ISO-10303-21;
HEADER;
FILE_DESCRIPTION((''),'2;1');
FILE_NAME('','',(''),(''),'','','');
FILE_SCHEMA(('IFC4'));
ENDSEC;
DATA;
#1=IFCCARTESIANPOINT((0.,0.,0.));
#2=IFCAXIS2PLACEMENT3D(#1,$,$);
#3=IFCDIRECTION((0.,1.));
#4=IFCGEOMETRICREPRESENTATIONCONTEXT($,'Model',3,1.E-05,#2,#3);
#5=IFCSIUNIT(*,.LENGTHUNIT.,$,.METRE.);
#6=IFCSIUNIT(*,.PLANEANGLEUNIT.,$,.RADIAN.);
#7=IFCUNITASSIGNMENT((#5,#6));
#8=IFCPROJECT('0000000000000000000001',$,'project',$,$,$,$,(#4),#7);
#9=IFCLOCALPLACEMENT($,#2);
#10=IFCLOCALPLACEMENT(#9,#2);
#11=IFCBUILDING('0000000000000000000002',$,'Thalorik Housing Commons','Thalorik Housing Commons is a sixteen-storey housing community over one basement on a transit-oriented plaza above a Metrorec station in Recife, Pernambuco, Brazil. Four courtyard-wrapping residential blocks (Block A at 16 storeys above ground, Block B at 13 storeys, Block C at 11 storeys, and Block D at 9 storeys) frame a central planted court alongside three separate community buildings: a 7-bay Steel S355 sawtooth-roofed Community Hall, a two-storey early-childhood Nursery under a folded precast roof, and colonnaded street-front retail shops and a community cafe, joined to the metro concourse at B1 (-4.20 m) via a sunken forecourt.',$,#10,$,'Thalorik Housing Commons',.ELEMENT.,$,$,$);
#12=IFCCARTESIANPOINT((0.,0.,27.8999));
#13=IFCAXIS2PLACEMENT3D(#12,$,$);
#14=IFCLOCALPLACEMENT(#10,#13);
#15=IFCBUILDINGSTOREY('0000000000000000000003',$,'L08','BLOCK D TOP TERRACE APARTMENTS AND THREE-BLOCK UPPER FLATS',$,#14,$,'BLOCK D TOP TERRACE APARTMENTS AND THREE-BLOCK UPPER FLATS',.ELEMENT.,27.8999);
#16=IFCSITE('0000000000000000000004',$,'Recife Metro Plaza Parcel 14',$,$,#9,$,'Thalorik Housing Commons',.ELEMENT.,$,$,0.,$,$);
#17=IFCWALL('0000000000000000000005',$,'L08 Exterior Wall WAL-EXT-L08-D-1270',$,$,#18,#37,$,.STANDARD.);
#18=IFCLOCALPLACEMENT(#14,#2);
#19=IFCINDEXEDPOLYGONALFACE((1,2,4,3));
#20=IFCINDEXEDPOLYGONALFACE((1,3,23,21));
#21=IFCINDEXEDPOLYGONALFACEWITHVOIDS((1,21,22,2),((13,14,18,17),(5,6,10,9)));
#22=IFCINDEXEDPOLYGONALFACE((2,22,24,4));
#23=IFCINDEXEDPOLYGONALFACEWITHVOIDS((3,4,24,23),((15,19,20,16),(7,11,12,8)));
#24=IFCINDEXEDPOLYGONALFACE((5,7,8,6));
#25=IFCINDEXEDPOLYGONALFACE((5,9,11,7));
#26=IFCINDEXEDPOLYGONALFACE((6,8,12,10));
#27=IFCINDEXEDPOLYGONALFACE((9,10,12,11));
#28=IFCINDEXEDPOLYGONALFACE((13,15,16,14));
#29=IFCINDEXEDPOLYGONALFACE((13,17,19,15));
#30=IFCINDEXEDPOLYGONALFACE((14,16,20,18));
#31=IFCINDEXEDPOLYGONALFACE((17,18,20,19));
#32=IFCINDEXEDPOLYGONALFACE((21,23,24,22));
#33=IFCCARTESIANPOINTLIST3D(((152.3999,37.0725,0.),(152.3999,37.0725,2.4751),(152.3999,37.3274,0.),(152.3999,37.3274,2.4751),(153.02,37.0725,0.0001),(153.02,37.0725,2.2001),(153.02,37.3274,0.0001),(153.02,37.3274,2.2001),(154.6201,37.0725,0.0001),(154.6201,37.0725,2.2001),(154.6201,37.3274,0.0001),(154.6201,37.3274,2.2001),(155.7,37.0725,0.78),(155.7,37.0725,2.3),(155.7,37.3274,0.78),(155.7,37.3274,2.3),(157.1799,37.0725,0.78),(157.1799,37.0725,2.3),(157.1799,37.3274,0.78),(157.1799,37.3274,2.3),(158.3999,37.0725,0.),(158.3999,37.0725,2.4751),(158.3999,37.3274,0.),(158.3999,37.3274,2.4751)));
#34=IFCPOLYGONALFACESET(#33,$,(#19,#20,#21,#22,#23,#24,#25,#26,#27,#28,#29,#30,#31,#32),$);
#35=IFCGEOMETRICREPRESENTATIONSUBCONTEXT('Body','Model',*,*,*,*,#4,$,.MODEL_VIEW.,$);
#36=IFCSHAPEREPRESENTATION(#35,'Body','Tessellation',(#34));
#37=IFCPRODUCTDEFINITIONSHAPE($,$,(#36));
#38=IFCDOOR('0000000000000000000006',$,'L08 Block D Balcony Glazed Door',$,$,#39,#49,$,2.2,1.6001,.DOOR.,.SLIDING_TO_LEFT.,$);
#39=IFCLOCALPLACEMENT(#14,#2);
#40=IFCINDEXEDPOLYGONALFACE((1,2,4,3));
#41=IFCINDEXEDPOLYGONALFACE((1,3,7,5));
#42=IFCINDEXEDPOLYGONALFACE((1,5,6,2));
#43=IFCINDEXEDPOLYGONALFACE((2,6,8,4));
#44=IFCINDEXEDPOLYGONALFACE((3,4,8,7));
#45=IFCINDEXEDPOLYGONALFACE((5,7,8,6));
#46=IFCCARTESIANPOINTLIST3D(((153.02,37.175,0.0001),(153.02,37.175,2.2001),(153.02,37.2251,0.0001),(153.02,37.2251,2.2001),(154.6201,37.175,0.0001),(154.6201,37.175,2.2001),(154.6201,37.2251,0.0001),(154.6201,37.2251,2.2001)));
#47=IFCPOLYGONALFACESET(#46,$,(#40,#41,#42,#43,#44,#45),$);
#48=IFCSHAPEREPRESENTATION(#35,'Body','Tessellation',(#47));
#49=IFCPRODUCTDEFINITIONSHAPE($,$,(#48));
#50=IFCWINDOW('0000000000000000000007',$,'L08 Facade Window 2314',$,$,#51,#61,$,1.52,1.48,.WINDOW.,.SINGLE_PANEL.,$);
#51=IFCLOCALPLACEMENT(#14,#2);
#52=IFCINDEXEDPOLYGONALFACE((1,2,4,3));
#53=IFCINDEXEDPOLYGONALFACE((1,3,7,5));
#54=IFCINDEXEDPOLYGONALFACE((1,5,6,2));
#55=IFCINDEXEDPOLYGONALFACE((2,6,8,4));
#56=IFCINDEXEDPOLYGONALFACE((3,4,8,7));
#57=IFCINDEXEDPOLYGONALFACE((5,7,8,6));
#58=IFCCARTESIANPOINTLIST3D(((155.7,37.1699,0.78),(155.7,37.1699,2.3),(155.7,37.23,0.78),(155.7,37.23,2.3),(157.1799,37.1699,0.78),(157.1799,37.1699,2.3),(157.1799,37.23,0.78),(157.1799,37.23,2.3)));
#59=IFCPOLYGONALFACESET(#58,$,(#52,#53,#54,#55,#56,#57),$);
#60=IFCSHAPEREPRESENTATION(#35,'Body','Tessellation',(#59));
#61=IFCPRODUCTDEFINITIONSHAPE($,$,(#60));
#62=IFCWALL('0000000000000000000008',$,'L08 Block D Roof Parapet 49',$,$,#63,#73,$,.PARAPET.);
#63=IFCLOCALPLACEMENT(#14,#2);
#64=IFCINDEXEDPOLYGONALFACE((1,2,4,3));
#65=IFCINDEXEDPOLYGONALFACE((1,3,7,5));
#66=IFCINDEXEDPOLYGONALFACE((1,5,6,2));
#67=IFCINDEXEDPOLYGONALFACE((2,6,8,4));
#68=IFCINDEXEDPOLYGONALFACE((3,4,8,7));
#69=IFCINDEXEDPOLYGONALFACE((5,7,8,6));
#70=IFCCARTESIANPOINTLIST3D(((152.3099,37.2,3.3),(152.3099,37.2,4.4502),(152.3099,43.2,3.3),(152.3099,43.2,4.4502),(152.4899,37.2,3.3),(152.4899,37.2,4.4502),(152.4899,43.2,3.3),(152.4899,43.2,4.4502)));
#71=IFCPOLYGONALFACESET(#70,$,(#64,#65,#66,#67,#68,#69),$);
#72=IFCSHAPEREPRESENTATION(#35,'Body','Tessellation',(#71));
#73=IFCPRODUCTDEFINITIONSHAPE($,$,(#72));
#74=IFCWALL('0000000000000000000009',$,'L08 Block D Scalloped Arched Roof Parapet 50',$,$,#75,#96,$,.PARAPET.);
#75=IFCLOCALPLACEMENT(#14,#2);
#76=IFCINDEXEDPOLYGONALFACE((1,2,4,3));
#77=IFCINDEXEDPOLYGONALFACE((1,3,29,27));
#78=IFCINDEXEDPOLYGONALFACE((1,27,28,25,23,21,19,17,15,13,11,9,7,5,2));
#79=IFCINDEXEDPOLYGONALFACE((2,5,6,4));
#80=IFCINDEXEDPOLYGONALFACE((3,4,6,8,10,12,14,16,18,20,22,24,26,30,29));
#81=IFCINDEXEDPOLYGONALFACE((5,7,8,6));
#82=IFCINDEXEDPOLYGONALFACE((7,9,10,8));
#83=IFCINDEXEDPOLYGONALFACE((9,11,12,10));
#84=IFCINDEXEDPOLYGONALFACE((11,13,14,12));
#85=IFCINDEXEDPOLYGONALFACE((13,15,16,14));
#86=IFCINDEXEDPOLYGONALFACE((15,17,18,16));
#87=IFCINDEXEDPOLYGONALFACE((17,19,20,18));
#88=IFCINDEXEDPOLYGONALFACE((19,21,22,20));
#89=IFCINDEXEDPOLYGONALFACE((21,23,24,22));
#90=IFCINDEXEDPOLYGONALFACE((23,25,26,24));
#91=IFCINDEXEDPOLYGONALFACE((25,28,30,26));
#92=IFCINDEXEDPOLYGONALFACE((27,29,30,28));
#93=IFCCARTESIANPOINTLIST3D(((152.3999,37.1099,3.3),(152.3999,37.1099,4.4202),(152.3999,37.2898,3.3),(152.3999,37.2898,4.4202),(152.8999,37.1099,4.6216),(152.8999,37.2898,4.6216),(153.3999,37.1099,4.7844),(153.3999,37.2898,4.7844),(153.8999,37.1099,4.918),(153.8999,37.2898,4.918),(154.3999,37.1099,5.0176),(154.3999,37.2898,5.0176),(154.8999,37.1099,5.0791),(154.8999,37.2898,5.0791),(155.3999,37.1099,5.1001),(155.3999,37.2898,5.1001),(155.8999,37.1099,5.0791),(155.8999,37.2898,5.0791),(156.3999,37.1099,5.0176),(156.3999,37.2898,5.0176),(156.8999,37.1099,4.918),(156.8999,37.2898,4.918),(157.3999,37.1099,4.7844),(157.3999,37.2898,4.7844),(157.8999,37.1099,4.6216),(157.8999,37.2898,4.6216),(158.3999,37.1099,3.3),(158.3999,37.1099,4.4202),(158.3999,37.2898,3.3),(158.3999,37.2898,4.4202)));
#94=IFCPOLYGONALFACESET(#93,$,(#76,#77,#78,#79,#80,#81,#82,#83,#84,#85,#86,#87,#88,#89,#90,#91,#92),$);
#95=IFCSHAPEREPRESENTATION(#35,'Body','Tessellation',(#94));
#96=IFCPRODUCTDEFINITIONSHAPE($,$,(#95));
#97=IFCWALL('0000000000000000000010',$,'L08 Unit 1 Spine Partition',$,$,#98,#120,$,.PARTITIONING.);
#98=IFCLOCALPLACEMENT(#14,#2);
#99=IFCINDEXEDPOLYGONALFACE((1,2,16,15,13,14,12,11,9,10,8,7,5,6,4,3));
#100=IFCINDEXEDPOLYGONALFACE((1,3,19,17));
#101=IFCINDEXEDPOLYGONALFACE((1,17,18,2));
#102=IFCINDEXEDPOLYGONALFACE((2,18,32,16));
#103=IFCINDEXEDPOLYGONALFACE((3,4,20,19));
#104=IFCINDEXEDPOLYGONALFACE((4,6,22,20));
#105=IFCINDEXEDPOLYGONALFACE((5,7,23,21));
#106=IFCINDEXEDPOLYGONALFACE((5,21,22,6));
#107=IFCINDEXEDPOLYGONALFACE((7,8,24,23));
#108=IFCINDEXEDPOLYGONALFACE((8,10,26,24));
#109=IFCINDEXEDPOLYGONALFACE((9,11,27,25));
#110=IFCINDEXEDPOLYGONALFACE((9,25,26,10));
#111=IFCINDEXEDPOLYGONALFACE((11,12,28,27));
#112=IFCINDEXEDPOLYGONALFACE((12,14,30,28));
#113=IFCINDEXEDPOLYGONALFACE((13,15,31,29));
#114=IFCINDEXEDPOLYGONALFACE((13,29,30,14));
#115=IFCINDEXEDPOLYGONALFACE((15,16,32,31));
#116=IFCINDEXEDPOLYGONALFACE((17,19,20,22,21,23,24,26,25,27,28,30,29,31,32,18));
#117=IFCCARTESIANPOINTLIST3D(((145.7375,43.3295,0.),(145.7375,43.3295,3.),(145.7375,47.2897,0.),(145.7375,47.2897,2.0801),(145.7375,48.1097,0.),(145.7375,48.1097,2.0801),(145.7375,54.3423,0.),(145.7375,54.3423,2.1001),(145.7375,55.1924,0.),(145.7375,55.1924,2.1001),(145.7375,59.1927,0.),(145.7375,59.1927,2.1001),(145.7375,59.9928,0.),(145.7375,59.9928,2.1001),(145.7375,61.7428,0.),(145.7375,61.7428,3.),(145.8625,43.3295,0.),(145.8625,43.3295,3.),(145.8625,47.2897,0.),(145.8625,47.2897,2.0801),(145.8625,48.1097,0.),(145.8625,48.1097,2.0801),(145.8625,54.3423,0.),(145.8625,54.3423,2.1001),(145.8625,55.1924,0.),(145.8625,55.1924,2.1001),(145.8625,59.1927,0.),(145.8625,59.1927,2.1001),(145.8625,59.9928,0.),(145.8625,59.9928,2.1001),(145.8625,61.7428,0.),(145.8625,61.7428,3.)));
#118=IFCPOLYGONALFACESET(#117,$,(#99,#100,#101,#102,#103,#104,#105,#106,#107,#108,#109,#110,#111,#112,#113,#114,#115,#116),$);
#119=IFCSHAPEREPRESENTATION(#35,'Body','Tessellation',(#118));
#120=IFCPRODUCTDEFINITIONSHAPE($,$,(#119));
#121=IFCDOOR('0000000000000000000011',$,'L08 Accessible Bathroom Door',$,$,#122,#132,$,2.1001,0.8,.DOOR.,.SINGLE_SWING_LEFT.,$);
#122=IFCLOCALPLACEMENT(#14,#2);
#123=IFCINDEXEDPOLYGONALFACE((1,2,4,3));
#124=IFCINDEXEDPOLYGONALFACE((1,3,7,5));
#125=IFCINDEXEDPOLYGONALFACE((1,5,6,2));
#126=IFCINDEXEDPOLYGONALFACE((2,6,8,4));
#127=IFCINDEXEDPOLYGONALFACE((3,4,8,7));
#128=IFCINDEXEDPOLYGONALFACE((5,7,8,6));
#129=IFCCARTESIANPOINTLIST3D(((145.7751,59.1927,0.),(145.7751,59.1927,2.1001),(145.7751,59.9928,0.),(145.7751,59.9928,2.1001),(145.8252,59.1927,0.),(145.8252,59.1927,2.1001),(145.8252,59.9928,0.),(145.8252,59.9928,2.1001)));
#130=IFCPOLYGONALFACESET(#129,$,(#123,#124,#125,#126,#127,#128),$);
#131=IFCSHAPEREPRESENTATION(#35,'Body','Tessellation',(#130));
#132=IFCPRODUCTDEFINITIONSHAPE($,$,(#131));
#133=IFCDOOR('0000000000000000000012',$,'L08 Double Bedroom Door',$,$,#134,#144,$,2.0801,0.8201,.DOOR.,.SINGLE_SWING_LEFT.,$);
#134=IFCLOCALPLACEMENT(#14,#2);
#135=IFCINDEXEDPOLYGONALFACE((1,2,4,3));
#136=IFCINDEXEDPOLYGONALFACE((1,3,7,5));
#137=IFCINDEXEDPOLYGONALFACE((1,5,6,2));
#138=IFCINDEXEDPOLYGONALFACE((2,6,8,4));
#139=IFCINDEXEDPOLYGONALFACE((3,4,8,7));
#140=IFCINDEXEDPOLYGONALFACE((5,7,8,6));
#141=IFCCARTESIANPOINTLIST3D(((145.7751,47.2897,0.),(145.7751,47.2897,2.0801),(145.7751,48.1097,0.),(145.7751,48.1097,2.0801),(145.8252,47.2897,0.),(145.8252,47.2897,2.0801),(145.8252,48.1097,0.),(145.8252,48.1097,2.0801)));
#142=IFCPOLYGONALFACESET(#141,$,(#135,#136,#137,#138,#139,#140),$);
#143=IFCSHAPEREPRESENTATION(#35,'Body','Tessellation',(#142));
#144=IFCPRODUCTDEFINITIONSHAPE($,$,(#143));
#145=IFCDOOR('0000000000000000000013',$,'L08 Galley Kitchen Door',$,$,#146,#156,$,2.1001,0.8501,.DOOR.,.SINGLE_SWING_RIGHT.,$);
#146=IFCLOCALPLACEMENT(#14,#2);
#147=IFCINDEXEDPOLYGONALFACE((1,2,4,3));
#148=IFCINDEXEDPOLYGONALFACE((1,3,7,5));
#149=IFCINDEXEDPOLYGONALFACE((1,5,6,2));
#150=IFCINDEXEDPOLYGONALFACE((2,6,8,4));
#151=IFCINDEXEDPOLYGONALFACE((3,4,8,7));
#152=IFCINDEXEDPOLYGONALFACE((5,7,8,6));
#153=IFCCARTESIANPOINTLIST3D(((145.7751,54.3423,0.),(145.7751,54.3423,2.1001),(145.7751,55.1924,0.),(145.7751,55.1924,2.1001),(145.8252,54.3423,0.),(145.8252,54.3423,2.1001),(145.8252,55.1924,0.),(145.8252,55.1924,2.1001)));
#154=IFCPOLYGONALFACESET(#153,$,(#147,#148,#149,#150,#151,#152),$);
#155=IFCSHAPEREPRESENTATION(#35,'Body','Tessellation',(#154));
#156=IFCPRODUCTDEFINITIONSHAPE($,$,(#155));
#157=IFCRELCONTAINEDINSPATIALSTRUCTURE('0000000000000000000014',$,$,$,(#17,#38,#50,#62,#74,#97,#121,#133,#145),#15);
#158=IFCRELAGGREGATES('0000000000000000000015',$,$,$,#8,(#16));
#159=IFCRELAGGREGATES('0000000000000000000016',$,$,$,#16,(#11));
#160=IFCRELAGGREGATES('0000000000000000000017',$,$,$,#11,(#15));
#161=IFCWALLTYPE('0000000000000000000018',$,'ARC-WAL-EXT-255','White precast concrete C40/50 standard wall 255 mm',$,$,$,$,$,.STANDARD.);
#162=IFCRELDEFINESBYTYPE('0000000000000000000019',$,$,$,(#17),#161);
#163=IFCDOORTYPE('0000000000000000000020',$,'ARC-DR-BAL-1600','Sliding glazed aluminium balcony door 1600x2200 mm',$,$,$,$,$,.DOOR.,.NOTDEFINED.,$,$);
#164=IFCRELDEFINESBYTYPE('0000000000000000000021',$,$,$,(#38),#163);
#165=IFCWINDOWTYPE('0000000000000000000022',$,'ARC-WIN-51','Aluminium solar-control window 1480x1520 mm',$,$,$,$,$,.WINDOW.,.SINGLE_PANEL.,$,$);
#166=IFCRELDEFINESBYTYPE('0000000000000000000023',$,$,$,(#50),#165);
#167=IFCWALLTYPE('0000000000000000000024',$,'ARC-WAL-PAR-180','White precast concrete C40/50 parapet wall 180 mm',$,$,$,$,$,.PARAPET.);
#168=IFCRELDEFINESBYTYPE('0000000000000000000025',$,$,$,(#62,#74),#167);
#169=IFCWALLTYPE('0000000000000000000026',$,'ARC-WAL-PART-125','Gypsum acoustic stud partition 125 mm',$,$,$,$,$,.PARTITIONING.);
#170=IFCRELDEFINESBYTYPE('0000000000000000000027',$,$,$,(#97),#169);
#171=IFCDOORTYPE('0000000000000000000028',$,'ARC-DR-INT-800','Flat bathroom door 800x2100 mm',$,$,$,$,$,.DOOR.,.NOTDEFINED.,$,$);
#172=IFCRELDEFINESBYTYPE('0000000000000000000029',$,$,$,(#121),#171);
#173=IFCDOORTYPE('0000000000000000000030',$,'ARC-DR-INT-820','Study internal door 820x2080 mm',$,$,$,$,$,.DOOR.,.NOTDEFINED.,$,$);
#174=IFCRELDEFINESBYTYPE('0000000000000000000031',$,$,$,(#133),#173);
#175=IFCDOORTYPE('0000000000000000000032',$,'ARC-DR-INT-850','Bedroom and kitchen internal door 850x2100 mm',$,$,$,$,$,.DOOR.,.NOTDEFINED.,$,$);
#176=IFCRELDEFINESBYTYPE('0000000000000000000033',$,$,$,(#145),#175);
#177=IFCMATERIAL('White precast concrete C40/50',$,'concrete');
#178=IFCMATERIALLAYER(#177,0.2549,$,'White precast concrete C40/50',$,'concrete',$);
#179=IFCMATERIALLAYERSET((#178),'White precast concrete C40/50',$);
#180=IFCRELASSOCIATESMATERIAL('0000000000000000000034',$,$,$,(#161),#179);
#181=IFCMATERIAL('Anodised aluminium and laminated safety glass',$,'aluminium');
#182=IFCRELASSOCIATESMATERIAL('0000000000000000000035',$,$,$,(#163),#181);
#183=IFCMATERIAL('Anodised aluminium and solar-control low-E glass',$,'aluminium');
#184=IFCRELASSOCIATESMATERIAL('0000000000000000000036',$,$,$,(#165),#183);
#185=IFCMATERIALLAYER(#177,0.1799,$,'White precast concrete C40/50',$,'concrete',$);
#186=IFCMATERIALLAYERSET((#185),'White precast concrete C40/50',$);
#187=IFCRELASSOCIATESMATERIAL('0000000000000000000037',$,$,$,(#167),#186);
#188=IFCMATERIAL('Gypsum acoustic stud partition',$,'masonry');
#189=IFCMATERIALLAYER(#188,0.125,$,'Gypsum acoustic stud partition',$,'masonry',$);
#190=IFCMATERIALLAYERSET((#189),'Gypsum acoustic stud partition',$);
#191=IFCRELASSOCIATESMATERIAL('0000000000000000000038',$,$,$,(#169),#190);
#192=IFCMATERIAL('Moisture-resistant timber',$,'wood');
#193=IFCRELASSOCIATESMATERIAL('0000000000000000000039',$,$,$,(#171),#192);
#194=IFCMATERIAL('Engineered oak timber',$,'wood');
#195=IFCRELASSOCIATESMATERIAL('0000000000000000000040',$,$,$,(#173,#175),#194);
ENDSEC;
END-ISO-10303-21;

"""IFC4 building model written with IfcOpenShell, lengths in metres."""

from ifc_helpers import new_model, si_unit, direction, frame, frame_2d, origin, place, context, subcontext, project, spatial, polyline, rectangle, outline, extrude, material, layer, layer_set, type_object, element, fill, save


model = new_model("IFC4")

# Units and contexts
model_context = context("Model", 3, precision=1e-05, world=origin(), true_north=direction((0.0, 1.0)))
body_context = subcontext(model_context, "Body", "Model", "MODEL_VIEW")
ifc_project = project(units=[si_unit("LENGTHUNIT", "METRE"), si_unit("PLANEANGLEUNIT", "RADIAN")], contexts=[model_context])

# Site, building, storey
site_placement = place(None, origin())
site = spatial("IfcSite", under=ifc_project, at=site_placement, Name="Recife Metro Plaza Parcel 14", LongName="Thalorik Housing Commons", CompositionType="ELEMENT", RefElevation=0.0)
building_placement = place(site_placement, origin())
building = spatial("IfcBuilding", under=site, at=building_placement, Name="Thalorik Housing Commons", Description="Thalorik Housing Commons is a sixteen-storey housing community over one basement on a transit-oriented plaza above a Metrorec station in Recife, Pernambuco, Brazil. Four courtyard-wrapping residential blocks (Block A at 16 storeys above ground, Block B at 13 storeys, Block C at 11 storeys, and Block D at 9 storeys) frame a central planted court alongside three separate community buildings: a 7-bay Steel S355 sawtooth-roofed Community Hall, a two-storey early-childhood Nursery under a folded precast roof, and colonnaded street-front retail shops and a community cafe, joined to the metro concourse at B1 (-4.20 m) via a sunken forecourt.", LongName="Thalorik Housing Commons", CompositionType="ELEMENT")
storey_placement = place(building_placement, frame((0.0, 0.0, 27.8999)))
storey = spatial("IfcBuildingStorey", under=building, at=storey_placement, Name="L08", Description="BLOCK D TOP TERRACE APARTMENTS AND THREE-BLOCK UPPER FLATS", LongName="BLOCK D TOP TERRACE APARTMENTS AND THREE-BLOCK UPPER FLATS", CompositionType="ELEMENT", Elevation=27.8999)

# Shared definitions
ifc_material_1 = material(Name="White precast concrete C40/50", Category="concrete")
ifc_layer_1 = layer(ifc_material_1, 0.2549, Name="White precast concrete C40/50", Category="concrete")
ifc_layer_set_1 = layer_set([ifc_layer_1], Name="White precast concrete C40/50")
wall_type_1 = type_object("IfcWallType", Name="ARC-WAL-EXT-255", Description="White precast concrete C40/50 standard wall 255 mm", PredefinedType="STANDARD", material=ifc_layer_set_1)
ifc_material_2 = material(Name="Anodised aluminium and solar-control low-E glass", Category="aluminium")

# Wall, openings, door, window
wall_1_placement = place(storey_placement, frame((152.3999, 37.2, 0.0), z_axis=(0.0, 0.0, 1.0), x_axis=(1.0, 0.0, 0.0)))
wall_1 = element("IfcWall", 1, at=wall_1_placement, inside=storey, type_object=wall_type_1, Name="L08 Exterior Wall WAL-EXT-L08-D-1270", PredefinedType="STANDARD", context=body_context, shape_type="SweptSolid", body=[
    extrude(rectangle(XDim=6.0, YDim=0.2549, at=frame_2d((3.0, 0.0))), origin(), (0.0, 0.0, 1.0), 2.4751),
])
opening_1_placement = place(wall_1_placement, frame((0.6201, 0.0, 0.0)))
opening_1 = element("IfcOpeningElement", 2, at=opening_1_placement, cuts=wall_1, PredefinedType="OPENING", context=body_context, shape_type="SweptSolid", body=[
    extrude(rectangle(XDim=1.6001, YDim=2.2, at=frame_2d((0.8, 1.1001))), frame((0.0, 0.1375, 0.0), z_axis=(0.0, -1.0, 0.0), x_axis=(1.0, 0.0, 0.0)), (0.0, 0.0, 1.0), 0.2749),
])
opening_2_placement = place(wall_1_placement, frame((3.3, 0.0, 0.78)))
opening_2 = element("IfcOpeningElement", 3, at=opening_2_placement, cuts=wall_1, PredefinedType="OPENING", context=body_context, shape_type="SweptSolid", body=[
    extrude(rectangle(XDim=1.48, YDim=1.52, at=frame_2d((0.74, 0.76))), frame((0.0, 0.1375, 0.0), z_axis=(0.0, -1.0, 0.0), x_axis=(1.0, 0.0, 0.0)), (0.0, 0.0, 1.0), 0.2749),
])
ifc_material_3 = material(Name="Anodised aluminium and laminated safety glass", Category="aluminium")
door_type_1 = type_object("IfcDoorType", Name="ARC-DR-BAL-1600", Description="Sliding glazed aluminium balcony door 1600x2200 mm", OperationType="NOTDEFINED", PredefinedType="DOOR", material=ifc_material_3)
door_1_placement = place(opening_1_placement, frame((1.6001, 0.0, 0.0), z_axis=(0.0, 0.0, 1.0), x_axis=(-1.0, 0.0, 0.0)))
door_1 = element("IfcDoor", 4, at=door_1_placement, inside=storey, type_object=door_type_1, Name="L08 Block D Balcony Glazed Door", OperationType="SLIDING_TO_LEFT", OverallHeight=2.2, OverallWidth=1.6001, PredefinedType="DOOR", context=body_context, shape_type="SweptSolid", body=[
    extrude(rectangle(XDim=1.6001, YDim=2.2, at=frame_2d((0.8, 1.1001))), frame((0.0, 0.0249, 0.0), z_axis=(0.0, -1.0, 0.0), x_axis=(1.0, 0.0, 0.0)), (0.0, 0.0, 1.0), 0.05),
])
fill(opening_1, door_1)
window_type_1 = type_object("IfcWindowType", Name="ARC-WIN-51", Description="Aluminium solar-control window 1480x1520 mm", PartitioningType="SINGLE_PANEL", PredefinedType="WINDOW", material=ifc_material_2)
window_1_placement = place(opening_2_placement, origin())
window_1 = element("IfcWindow", 5, at=window_1_placement, inside=storey, type_object=window_type_1, Name="L08 Facade Window 2314", OverallHeight=1.52, OverallWidth=1.48, PartitioningType="SINGLE_PANEL", PredefinedType="WINDOW", context=body_context, shape_type="SweptSolid", body=[
    extrude(rectangle(XDim=1.48, YDim=1.52, at=frame_2d((0.74, 0.76))), frame((0.0, 0.03, 0.0), z_axis=(0.0, -1.0, 0.0), x_axis=(1.0, 0.0, 0.0)), (0.0, 0.0, 1.0), 0.0601),
])
fill(opening_2, window_1)

# Walls
ifc_layer_2 = layer(ifc_material_1, 0.1799, Name="White precast concrete C40/50", Category="concrete")
ifc_layer_set_2 = layer_set([ifc_layer_2], Name="White precast concrete C40/50")
wall_type_2 = type_object("IfcWallType", Name="ARC-WAL-PAR-180", Description="White precast concrete C40/50 parapet wall 180 mm", PredefinedType="PARAPET", material=ifc_layer_set_2)
wall_2_placement = place(storey_placement, frame((152.3999, 43.2, 3.3), z_axis=(0.0, 0.0, 1.0), x_axis=(0.0, -1.0, 0.0)))
element("IfcWall", 6, at=wall_2_placement, inside=storey, type_object=wall_type_2, Name="L08 Block D Roof Parapet 49", PredefinedType="PARAPET", context=body_context, shape_type="SweptSolid", body=[
    extrude(rectangle(XDim=6.0, YDim=0.1799, at=frame_2d((3.0, 0.0))), origin(), (0.0, 0.0, 1.0), 1.1501),
])
wall_3_placement = place(storey_placement, frame((152.3999, 37.2, 3.3), z_axis=(0.0, 0.0, 1.0), x_axis=(1.0, 0.0, 0.0)))
element("IfcWall", 7, at=wall_3_placement, inside=storey, type_object=wall_type_2, Name="L08 Block D Scalloped Arched Roof Parapet 50", PredefinedType="PARAPET", context=body_context, shape_type="SweptSolid", body=[
    extrude(outline(polyline([(0.0, 0.0), (6.0, 0.0), (6.0, 1.1201), (5.5, 1.3215), (5.0, 1.4844), (4.5, 1.6179), (4.0, 1.7175), (3.5, 1.7791), (3.0, 1.8), (2.5, 1.7791), (2.0, 1.7175), (1.5, 1.6179), (1.0, 1.4844), (0.5, 1.3215), (0.0, 1.1201), (0.0, 0.0)])), frame((0.0, 0.0898, 0.0), z_axis=(0.0, -1.0, 0.0), x_axis=(1.0, 0.0, 0.0)), (0.0, 0.0, 1.0), 0.1799),
])

# Wall, openings, doors
ifc_material_4 = material(Name="Gypsum acoustic stud partition", Category="masonry")
ifc_layer_3 = layer(ifc_material_4, 0.125, Name="Gypsum acoustic stud partition", Category="masonry")
ifc_layer_set_3 = layer_set([ifc_layer_3], Name="Gypsum acoustic stud partition")
wall_type_3 = type_object("IfcWallType", Name="ARC-WAL-PART-125", Description="Gypsum acoustic stud partition 125 mm", PredefinedType="PARTITIONING", material=ifc_layer_set_3)
wall_4_placement = place(storey_placement, frame((145.8, 43.3296, 0.0), z_axis=(0.0, 0.0, 1.0), x_axis=(0.0, 1.0, 0.0)))
wall_4 = element("IfcWall", 8, at=wall_4_placement, inside=storey, type_object=wall_type_3, Name="L08 Unit 1 Spine Partition", PredefinedType="PARTITIONING", context=body_context, shape_type="SweptSolid", body=[
    extrude(rectangle(XDim=18.4133, YDim=0.125, at=frame_2d((9.2065, 0.0))), origin(), (0.0, 0.0, 1.0), 3.0),
])
opening_3_placement = place(wall_4_placement, frame((3.96, 0.0, 0.0)))
opening_3 = element("IfcOpeningElement", 9, at=opening_3_placement, cuts=wall_4, PredefinedType="OPENING", context=body_context, shape_type="SweptSolid", body=[
    extrude(rectangle(XDim=0.8201, YDim=2.0801, at=frame_2d((0.4102, 1.04))), frame((0.0, 0.0725, 0.0), z_axis=(0.0, -1.0, 0.0), x_axis=(1.0, 0.0, 0.0)), (0.0, 0.0, 1.0), 0.145),
])
opening_4_placement = place(wall_4_placement, frame((11.0127, 0.0, 0.0)))
opening_4 = element("IfcOpeningElement", 10, at=opening_4_placement, cuts=wall_4, PredefinedType="OPENING", context=body_context, shape_type="SweptSolid", body=[
    extrude(rectangle(XDim=0.8501, YDim=2.1001, at=frame_2d((0.425, 1.05))), frame((0.0, 0.0725, 0.0), z_axis=(0.0, -1.0, 0.0), x_axis=(1.0, 0.0, 0.0)), (0.0, 0.0, 1.0), 0.145),
])
opening_5_placement = place(wall_4_placement, frame((15.8633, 0.0, 0.0)))
opening_5 = element("IfcOpeningElement", 11, at=opening_5_placement, cuts=wall_4, PredefinedType="OPENING", context=body_context, shape_type="SweptSolid", body=[
    extrude(rectangle(XDim=0.8, YDim=2.1001, at=frame_2d((0.3999, 1.05))), frame((0.0, 0.0725, 0.0), z_axis=(0.0, -1.0, 0.0), x_axis=(1.0, 0.0, 0.0)), (0.0, 0.0, 1.0), 0.145),
])
ifc_material_5 = material(Name="Moisture-resistant timber", Category="wood")
door_type_2 = type_object("IfcDoorType", Name="ARC-DR-INT-800", Description="Flat bathroom door 800x2100 mm", OperationType="NOTDEFINED", PredefinedType="DOOR", material=ifc_material_5)
door_2_placement = place(opening_5_placement, origin())
door_2 = element("IfcDoor", 12, at=door_2_placement, inside=storey, type_object=door_type_2, Name="L08 Accessible Bathroom Door", OperationType="SINGLE_SWING_LEFT", OverallHeight=2.1001, OverallWidth=0.8, PredefinedType="DOOR", context=body_context, shape_type="SweptSolid", body=[
    extrude(rectangle(XDim=0.8, YDim=2.1001, at=frame_2d((0.3999, 1.05))), frame((0.0, 0.0249, 0.0), z_axis=(0.0, -1.0, 0.0), x_axis=(1.0, 0.0, 0.0)), (0.0, 0.0, 1.0), 0.05),
])
fill(opening_5, door_2)
ifc_material_6 = material(Name="Engineered oak timber", Category="wood")
door_type_3 = type_object("IfcDoorType", Name="ARC-DR-INT-820", Description="Study internal door 820x2080 mm", OperationType="NOTDEFINED", PredefinedType="DOOR", material=ifc_material_6)
door_3_placement = place(opening_3_placement, origin())
door_3 = element("IfcDoor", 13, at=door_3_placement, inside=storey, type_object=door_type_3, Name="L08 Double Bedroom Door", OperationType="SINGLE_SWING_LEFT", OverallHeight=2.0801, OverallWidth=0.8201, PredefinedType="DOOR", context=body_context, shape_type="SweptSolid", body=[
    extrude(rectangle(XDim=0.8201, YDim=2.0801, at=frame_2d((0.4102, 1.04))), frame((0.0, 0.0249, 0.0), z_axis=(0.0, -1.0, 0.0), x_axis=(1.0, 0.0, 0.0)), (0.0, 0.0, 1.0), 0.05),
])
fill(opening_3, door_3)
door_type_4 = type_object("IfcDoorType", Name="ARC-DR-INT-850", Description="Bedroom and kitchen internal door 850x2100 mm", OperationType="NOTDEFINED", PredefinedType="DOOR", material=ifc_material_6)
door_4_placement = place(opening_4_placement, origin())
door_4 = element("IfcDoor", 14, at=door_4_placement, inside=storey, type_object=door_type_4, Name="L08 Galley Kitchen Door", OperationType="SINGLE_SWING_RIGHT", OverallHeight=2.1001, OverallWidth=0.8501, PredefinedType="DOOR", context=body_context, shape_type="SweptSolid", body=[
    extrude(rectangle(XDim=0.8501, YDim=2.1001, at=frame_2d((0.425, 1.05))), frame((0.0, 0.0249, 0.0), z_axis=(0.0, -1.0, 0.0), x_axis=(1.0, 0.0, 0.0)), (0.0, 0.0, 1.0), 0.05),
])
fill(opening_4, door_4)

save(model, "model.ifc")
